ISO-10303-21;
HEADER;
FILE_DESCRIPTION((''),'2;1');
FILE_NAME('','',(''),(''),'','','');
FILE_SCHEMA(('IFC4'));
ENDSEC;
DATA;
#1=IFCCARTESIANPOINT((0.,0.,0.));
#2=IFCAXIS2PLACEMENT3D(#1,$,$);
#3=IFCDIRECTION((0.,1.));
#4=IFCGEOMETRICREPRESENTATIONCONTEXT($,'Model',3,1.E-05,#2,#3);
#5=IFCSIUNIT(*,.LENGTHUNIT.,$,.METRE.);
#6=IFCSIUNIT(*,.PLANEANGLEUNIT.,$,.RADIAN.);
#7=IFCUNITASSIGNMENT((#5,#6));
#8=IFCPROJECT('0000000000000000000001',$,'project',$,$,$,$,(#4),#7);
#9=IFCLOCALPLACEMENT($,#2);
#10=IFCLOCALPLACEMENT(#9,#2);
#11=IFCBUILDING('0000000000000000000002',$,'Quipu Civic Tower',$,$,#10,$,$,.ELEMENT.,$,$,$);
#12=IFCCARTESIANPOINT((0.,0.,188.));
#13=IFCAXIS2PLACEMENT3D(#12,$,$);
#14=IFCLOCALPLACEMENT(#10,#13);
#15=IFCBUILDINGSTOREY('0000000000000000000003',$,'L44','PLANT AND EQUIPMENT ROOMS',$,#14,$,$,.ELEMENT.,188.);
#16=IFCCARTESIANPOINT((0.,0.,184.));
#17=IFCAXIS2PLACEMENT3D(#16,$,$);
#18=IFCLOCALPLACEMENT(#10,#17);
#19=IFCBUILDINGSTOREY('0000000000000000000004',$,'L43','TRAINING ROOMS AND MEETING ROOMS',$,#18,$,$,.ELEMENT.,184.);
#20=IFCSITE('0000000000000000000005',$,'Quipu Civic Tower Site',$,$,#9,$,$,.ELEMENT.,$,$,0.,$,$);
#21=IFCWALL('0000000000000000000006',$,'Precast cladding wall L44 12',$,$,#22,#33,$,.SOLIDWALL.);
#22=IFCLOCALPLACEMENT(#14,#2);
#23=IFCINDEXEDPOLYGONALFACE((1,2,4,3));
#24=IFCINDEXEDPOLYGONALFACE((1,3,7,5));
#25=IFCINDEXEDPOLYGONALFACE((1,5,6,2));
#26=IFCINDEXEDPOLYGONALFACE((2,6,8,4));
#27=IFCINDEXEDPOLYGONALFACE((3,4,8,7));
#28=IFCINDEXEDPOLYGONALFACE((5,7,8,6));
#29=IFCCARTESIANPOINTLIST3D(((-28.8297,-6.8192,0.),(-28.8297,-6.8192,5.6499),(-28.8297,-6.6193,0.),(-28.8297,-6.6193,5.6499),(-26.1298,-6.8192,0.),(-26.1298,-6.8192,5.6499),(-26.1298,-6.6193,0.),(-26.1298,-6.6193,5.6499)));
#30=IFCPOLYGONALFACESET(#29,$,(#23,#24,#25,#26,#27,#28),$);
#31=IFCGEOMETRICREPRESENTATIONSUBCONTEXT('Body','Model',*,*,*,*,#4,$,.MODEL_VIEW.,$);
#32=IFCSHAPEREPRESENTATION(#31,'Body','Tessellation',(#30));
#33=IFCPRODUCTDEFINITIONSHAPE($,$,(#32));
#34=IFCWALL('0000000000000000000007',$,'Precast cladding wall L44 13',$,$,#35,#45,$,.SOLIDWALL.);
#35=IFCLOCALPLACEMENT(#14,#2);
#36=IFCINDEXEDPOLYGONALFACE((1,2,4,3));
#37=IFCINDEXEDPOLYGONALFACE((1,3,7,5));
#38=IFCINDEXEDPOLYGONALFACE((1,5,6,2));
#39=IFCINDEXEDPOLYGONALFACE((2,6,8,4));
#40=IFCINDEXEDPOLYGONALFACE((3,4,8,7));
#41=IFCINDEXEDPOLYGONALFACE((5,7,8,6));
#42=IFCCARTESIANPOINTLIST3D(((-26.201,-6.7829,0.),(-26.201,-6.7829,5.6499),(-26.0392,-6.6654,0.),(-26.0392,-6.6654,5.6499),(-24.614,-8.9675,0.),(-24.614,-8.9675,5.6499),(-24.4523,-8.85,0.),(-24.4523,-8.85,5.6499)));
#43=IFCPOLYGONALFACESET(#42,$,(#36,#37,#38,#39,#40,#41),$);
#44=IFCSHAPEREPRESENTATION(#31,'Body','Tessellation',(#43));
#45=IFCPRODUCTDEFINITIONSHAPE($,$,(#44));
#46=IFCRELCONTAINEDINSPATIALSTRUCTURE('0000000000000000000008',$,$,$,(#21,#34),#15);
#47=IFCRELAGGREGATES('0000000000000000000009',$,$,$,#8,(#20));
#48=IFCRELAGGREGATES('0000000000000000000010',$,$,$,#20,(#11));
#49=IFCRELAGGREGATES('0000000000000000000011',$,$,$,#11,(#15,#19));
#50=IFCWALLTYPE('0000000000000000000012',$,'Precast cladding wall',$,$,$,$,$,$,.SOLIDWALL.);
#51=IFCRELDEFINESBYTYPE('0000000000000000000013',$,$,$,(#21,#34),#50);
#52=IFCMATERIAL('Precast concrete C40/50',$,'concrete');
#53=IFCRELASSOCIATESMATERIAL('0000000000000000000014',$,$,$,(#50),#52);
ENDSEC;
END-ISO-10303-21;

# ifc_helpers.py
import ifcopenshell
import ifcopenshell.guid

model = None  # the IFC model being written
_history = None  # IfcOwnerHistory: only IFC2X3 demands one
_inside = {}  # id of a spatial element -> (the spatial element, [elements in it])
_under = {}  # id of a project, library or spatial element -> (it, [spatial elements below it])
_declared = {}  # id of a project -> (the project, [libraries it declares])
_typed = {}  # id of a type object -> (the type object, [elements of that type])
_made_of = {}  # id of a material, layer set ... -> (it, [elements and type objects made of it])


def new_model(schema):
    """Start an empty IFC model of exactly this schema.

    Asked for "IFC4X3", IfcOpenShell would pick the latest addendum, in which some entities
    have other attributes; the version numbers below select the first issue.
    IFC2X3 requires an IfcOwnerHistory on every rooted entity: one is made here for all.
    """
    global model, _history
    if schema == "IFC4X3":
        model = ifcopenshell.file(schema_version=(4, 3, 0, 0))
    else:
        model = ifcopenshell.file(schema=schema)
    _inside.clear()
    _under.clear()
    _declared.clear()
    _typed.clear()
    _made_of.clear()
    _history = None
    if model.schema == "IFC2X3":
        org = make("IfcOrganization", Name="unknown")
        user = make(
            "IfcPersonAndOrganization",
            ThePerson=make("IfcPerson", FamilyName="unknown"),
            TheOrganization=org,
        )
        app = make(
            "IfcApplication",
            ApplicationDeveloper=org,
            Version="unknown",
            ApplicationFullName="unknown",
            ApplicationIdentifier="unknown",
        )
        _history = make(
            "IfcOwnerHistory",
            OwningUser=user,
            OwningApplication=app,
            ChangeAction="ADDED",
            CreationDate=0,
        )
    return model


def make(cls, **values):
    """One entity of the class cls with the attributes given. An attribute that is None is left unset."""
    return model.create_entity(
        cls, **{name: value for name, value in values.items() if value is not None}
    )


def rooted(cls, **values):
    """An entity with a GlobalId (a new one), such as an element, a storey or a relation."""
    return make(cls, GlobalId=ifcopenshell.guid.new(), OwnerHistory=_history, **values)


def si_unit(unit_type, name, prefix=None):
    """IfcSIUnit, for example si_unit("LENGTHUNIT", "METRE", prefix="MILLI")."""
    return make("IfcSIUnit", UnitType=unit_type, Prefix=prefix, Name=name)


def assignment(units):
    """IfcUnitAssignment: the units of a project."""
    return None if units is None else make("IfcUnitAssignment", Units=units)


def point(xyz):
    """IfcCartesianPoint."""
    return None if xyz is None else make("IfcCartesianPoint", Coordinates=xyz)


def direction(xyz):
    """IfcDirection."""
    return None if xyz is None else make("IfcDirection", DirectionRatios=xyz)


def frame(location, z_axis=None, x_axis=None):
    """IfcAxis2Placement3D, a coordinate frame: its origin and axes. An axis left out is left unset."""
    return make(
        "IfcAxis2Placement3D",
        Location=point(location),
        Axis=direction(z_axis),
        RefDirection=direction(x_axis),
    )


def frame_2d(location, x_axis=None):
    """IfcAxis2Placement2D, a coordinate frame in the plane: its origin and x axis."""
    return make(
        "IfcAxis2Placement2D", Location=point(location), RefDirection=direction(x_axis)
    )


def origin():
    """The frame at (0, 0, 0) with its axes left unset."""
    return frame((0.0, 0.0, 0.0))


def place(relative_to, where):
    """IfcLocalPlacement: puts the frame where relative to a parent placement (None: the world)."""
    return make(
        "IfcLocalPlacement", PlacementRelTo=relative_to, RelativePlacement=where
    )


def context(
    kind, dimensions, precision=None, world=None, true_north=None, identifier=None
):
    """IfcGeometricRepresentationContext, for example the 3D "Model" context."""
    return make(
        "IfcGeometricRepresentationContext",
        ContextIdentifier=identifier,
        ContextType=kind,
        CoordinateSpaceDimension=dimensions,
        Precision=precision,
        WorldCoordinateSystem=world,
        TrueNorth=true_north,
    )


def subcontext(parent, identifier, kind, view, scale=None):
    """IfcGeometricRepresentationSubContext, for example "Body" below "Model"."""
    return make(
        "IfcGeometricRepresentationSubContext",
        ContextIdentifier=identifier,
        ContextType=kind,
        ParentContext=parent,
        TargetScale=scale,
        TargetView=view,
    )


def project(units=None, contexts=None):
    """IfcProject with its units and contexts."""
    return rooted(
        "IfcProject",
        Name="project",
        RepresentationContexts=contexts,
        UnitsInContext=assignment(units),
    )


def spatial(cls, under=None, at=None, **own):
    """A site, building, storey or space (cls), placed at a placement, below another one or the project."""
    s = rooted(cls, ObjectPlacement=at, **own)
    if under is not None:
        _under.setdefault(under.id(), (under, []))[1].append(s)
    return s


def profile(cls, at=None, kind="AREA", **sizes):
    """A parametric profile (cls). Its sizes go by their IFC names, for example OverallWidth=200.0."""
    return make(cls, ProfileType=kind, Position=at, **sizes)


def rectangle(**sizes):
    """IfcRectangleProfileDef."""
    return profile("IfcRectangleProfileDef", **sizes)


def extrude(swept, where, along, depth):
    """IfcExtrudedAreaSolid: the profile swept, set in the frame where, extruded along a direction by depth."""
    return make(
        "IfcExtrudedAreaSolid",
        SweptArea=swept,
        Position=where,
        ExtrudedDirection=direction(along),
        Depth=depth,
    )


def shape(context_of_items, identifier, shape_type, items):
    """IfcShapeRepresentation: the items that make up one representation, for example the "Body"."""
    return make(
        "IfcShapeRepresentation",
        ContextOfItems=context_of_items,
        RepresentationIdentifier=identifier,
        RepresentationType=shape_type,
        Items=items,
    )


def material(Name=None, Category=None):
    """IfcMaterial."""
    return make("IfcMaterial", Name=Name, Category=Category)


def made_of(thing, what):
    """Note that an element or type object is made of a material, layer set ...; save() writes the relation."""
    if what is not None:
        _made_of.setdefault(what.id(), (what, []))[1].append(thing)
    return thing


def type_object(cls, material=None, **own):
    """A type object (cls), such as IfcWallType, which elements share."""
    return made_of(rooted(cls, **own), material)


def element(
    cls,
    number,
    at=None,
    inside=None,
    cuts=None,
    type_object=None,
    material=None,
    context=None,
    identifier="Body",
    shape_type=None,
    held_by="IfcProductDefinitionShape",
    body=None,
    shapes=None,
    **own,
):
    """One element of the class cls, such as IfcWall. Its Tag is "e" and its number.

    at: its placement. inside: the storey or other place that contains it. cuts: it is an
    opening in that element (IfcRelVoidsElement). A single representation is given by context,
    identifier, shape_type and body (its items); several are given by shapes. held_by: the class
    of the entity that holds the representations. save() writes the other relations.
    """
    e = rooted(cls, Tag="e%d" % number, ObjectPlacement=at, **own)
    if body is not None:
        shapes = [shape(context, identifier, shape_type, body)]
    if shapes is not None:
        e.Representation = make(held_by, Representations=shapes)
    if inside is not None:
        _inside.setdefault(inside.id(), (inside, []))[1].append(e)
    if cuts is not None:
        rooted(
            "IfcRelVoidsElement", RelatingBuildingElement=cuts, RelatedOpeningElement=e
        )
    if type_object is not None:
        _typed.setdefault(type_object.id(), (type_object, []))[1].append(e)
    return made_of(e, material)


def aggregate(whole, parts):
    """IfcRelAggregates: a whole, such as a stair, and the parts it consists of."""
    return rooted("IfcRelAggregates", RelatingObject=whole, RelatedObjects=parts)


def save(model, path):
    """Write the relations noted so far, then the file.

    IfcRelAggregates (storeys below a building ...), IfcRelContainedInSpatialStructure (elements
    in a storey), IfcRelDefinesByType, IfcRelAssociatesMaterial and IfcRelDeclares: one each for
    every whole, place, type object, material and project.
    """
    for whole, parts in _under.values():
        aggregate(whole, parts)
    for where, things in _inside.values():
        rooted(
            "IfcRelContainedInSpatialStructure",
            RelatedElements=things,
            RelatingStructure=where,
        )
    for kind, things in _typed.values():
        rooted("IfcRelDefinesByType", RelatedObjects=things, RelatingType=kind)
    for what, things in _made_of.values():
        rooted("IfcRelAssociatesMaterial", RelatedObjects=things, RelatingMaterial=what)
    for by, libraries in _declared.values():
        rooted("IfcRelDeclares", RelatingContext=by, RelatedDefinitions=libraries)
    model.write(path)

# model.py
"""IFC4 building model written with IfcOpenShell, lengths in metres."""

from ifc_helpers import new_model, si_unit, direction, frame, frame_2d, origin, place, context, subcontext, project, spatial, rectangle, extrude, material, type_object, element, save


model = new_model("IFC4")

# Units and contexts
model_context = context("Model", 3, precision=1e-05, world=origin(), true_north=direction((0.0, 1.0)))
body_context = subcontext(model_context, "Body", "Model", "MODEL_VIEW")
ifc_project = project(units=[si_unit("LENGTHUNIT", "METRE"), si_unit("PLANEANGLEUNIT", "RADIAN")], contexts=[model_context])

# Site, building, storey
site_placement = place(None, origin())
site = spatial("IfcSite", under=ifc_project, at=site_placement, Name="Quipu Civic Tower Site", CompositionType="ELEMENT", RefElevation=0.0)
building_placement = place(site_placement, origin())
building = spatial("IfcBuilding", under=site, at=building_placement, Name="Quipu Civic Tower", CompositionType="ELEMENT")
storey_1_placement = place(building_placement, frame((0.0, 0.0, 188.0)))
storey_1 = spatial("IfcBuildingStorey", under=building, at=storey_1_placement, Name="L44", Description="PLANT AND EQUIPMENT ROOMS", CompositionType="ELEMENT", Elevation=188.0)

# Shared definitions
storey_2_placement = place(building_placement, frame((0.0, 0.0, 184.0)))
storey_2 = spatial("IfcBuildingStorey", under=building, at=storey_2_placement, Name="L43", Description="TRAINING ROOMS AND MEETING ROOMS", CompositionType="ELEMENT", Elevation=184.0)

# Walls
ifc_material_1 = material(Name="Precast concrete C40/50", Category="concrete")
wall_type_1 = type_object("IfcWallType", Name="Precast cladding wall", PredefinedType="SOLIDWALL", material=ifc_material_1)
wall_1_placement = place(storey_1_placement, frame((-28.8298, -6.7192, 0.0), z_axis=(0.0, 0.0, 1.0), x_axis=(1.0, 0.0, 0.0)))
element("IfcWall", 1, at=wall_1_placement, inside=storey_1, type_object=wall_type_1, Name="Precast cladding wall L44 12", PredefinedType="SOLIDWALL", context=body_context, shape_type="SweptSolid", body=[
    extrude(rectangle(XDim=2.7, YDim=0.2, at=frame_2d((1.3501, 0.0))), origin(), (0.0, 0.0, 1.0), 5.6499),
])
wall_2_placement = place(storey_1_placement, frame((-26.1201, -6.7241, 0.0), z_axis=(0.0, 0.0, 1.0), x_axis=(0.58772, -0.809064, 0.0)))
element("IfcWall", 2, at=wall_2_placement, inside=storey_1, type_object=wall_type_1, Name="Precast cladding wall L44 13", PredefinedType="SOLIDWALL", context=body_context, shape_type="SweptSolid", body=[
    extrude(rectangle(XDim=2.7002, YDim=0.2, at=frame_2d((1.3501, 0.0))), origin(), (0.0, 0.0, 1.0), 5.6499),
])

save(model, "model.ifc")
